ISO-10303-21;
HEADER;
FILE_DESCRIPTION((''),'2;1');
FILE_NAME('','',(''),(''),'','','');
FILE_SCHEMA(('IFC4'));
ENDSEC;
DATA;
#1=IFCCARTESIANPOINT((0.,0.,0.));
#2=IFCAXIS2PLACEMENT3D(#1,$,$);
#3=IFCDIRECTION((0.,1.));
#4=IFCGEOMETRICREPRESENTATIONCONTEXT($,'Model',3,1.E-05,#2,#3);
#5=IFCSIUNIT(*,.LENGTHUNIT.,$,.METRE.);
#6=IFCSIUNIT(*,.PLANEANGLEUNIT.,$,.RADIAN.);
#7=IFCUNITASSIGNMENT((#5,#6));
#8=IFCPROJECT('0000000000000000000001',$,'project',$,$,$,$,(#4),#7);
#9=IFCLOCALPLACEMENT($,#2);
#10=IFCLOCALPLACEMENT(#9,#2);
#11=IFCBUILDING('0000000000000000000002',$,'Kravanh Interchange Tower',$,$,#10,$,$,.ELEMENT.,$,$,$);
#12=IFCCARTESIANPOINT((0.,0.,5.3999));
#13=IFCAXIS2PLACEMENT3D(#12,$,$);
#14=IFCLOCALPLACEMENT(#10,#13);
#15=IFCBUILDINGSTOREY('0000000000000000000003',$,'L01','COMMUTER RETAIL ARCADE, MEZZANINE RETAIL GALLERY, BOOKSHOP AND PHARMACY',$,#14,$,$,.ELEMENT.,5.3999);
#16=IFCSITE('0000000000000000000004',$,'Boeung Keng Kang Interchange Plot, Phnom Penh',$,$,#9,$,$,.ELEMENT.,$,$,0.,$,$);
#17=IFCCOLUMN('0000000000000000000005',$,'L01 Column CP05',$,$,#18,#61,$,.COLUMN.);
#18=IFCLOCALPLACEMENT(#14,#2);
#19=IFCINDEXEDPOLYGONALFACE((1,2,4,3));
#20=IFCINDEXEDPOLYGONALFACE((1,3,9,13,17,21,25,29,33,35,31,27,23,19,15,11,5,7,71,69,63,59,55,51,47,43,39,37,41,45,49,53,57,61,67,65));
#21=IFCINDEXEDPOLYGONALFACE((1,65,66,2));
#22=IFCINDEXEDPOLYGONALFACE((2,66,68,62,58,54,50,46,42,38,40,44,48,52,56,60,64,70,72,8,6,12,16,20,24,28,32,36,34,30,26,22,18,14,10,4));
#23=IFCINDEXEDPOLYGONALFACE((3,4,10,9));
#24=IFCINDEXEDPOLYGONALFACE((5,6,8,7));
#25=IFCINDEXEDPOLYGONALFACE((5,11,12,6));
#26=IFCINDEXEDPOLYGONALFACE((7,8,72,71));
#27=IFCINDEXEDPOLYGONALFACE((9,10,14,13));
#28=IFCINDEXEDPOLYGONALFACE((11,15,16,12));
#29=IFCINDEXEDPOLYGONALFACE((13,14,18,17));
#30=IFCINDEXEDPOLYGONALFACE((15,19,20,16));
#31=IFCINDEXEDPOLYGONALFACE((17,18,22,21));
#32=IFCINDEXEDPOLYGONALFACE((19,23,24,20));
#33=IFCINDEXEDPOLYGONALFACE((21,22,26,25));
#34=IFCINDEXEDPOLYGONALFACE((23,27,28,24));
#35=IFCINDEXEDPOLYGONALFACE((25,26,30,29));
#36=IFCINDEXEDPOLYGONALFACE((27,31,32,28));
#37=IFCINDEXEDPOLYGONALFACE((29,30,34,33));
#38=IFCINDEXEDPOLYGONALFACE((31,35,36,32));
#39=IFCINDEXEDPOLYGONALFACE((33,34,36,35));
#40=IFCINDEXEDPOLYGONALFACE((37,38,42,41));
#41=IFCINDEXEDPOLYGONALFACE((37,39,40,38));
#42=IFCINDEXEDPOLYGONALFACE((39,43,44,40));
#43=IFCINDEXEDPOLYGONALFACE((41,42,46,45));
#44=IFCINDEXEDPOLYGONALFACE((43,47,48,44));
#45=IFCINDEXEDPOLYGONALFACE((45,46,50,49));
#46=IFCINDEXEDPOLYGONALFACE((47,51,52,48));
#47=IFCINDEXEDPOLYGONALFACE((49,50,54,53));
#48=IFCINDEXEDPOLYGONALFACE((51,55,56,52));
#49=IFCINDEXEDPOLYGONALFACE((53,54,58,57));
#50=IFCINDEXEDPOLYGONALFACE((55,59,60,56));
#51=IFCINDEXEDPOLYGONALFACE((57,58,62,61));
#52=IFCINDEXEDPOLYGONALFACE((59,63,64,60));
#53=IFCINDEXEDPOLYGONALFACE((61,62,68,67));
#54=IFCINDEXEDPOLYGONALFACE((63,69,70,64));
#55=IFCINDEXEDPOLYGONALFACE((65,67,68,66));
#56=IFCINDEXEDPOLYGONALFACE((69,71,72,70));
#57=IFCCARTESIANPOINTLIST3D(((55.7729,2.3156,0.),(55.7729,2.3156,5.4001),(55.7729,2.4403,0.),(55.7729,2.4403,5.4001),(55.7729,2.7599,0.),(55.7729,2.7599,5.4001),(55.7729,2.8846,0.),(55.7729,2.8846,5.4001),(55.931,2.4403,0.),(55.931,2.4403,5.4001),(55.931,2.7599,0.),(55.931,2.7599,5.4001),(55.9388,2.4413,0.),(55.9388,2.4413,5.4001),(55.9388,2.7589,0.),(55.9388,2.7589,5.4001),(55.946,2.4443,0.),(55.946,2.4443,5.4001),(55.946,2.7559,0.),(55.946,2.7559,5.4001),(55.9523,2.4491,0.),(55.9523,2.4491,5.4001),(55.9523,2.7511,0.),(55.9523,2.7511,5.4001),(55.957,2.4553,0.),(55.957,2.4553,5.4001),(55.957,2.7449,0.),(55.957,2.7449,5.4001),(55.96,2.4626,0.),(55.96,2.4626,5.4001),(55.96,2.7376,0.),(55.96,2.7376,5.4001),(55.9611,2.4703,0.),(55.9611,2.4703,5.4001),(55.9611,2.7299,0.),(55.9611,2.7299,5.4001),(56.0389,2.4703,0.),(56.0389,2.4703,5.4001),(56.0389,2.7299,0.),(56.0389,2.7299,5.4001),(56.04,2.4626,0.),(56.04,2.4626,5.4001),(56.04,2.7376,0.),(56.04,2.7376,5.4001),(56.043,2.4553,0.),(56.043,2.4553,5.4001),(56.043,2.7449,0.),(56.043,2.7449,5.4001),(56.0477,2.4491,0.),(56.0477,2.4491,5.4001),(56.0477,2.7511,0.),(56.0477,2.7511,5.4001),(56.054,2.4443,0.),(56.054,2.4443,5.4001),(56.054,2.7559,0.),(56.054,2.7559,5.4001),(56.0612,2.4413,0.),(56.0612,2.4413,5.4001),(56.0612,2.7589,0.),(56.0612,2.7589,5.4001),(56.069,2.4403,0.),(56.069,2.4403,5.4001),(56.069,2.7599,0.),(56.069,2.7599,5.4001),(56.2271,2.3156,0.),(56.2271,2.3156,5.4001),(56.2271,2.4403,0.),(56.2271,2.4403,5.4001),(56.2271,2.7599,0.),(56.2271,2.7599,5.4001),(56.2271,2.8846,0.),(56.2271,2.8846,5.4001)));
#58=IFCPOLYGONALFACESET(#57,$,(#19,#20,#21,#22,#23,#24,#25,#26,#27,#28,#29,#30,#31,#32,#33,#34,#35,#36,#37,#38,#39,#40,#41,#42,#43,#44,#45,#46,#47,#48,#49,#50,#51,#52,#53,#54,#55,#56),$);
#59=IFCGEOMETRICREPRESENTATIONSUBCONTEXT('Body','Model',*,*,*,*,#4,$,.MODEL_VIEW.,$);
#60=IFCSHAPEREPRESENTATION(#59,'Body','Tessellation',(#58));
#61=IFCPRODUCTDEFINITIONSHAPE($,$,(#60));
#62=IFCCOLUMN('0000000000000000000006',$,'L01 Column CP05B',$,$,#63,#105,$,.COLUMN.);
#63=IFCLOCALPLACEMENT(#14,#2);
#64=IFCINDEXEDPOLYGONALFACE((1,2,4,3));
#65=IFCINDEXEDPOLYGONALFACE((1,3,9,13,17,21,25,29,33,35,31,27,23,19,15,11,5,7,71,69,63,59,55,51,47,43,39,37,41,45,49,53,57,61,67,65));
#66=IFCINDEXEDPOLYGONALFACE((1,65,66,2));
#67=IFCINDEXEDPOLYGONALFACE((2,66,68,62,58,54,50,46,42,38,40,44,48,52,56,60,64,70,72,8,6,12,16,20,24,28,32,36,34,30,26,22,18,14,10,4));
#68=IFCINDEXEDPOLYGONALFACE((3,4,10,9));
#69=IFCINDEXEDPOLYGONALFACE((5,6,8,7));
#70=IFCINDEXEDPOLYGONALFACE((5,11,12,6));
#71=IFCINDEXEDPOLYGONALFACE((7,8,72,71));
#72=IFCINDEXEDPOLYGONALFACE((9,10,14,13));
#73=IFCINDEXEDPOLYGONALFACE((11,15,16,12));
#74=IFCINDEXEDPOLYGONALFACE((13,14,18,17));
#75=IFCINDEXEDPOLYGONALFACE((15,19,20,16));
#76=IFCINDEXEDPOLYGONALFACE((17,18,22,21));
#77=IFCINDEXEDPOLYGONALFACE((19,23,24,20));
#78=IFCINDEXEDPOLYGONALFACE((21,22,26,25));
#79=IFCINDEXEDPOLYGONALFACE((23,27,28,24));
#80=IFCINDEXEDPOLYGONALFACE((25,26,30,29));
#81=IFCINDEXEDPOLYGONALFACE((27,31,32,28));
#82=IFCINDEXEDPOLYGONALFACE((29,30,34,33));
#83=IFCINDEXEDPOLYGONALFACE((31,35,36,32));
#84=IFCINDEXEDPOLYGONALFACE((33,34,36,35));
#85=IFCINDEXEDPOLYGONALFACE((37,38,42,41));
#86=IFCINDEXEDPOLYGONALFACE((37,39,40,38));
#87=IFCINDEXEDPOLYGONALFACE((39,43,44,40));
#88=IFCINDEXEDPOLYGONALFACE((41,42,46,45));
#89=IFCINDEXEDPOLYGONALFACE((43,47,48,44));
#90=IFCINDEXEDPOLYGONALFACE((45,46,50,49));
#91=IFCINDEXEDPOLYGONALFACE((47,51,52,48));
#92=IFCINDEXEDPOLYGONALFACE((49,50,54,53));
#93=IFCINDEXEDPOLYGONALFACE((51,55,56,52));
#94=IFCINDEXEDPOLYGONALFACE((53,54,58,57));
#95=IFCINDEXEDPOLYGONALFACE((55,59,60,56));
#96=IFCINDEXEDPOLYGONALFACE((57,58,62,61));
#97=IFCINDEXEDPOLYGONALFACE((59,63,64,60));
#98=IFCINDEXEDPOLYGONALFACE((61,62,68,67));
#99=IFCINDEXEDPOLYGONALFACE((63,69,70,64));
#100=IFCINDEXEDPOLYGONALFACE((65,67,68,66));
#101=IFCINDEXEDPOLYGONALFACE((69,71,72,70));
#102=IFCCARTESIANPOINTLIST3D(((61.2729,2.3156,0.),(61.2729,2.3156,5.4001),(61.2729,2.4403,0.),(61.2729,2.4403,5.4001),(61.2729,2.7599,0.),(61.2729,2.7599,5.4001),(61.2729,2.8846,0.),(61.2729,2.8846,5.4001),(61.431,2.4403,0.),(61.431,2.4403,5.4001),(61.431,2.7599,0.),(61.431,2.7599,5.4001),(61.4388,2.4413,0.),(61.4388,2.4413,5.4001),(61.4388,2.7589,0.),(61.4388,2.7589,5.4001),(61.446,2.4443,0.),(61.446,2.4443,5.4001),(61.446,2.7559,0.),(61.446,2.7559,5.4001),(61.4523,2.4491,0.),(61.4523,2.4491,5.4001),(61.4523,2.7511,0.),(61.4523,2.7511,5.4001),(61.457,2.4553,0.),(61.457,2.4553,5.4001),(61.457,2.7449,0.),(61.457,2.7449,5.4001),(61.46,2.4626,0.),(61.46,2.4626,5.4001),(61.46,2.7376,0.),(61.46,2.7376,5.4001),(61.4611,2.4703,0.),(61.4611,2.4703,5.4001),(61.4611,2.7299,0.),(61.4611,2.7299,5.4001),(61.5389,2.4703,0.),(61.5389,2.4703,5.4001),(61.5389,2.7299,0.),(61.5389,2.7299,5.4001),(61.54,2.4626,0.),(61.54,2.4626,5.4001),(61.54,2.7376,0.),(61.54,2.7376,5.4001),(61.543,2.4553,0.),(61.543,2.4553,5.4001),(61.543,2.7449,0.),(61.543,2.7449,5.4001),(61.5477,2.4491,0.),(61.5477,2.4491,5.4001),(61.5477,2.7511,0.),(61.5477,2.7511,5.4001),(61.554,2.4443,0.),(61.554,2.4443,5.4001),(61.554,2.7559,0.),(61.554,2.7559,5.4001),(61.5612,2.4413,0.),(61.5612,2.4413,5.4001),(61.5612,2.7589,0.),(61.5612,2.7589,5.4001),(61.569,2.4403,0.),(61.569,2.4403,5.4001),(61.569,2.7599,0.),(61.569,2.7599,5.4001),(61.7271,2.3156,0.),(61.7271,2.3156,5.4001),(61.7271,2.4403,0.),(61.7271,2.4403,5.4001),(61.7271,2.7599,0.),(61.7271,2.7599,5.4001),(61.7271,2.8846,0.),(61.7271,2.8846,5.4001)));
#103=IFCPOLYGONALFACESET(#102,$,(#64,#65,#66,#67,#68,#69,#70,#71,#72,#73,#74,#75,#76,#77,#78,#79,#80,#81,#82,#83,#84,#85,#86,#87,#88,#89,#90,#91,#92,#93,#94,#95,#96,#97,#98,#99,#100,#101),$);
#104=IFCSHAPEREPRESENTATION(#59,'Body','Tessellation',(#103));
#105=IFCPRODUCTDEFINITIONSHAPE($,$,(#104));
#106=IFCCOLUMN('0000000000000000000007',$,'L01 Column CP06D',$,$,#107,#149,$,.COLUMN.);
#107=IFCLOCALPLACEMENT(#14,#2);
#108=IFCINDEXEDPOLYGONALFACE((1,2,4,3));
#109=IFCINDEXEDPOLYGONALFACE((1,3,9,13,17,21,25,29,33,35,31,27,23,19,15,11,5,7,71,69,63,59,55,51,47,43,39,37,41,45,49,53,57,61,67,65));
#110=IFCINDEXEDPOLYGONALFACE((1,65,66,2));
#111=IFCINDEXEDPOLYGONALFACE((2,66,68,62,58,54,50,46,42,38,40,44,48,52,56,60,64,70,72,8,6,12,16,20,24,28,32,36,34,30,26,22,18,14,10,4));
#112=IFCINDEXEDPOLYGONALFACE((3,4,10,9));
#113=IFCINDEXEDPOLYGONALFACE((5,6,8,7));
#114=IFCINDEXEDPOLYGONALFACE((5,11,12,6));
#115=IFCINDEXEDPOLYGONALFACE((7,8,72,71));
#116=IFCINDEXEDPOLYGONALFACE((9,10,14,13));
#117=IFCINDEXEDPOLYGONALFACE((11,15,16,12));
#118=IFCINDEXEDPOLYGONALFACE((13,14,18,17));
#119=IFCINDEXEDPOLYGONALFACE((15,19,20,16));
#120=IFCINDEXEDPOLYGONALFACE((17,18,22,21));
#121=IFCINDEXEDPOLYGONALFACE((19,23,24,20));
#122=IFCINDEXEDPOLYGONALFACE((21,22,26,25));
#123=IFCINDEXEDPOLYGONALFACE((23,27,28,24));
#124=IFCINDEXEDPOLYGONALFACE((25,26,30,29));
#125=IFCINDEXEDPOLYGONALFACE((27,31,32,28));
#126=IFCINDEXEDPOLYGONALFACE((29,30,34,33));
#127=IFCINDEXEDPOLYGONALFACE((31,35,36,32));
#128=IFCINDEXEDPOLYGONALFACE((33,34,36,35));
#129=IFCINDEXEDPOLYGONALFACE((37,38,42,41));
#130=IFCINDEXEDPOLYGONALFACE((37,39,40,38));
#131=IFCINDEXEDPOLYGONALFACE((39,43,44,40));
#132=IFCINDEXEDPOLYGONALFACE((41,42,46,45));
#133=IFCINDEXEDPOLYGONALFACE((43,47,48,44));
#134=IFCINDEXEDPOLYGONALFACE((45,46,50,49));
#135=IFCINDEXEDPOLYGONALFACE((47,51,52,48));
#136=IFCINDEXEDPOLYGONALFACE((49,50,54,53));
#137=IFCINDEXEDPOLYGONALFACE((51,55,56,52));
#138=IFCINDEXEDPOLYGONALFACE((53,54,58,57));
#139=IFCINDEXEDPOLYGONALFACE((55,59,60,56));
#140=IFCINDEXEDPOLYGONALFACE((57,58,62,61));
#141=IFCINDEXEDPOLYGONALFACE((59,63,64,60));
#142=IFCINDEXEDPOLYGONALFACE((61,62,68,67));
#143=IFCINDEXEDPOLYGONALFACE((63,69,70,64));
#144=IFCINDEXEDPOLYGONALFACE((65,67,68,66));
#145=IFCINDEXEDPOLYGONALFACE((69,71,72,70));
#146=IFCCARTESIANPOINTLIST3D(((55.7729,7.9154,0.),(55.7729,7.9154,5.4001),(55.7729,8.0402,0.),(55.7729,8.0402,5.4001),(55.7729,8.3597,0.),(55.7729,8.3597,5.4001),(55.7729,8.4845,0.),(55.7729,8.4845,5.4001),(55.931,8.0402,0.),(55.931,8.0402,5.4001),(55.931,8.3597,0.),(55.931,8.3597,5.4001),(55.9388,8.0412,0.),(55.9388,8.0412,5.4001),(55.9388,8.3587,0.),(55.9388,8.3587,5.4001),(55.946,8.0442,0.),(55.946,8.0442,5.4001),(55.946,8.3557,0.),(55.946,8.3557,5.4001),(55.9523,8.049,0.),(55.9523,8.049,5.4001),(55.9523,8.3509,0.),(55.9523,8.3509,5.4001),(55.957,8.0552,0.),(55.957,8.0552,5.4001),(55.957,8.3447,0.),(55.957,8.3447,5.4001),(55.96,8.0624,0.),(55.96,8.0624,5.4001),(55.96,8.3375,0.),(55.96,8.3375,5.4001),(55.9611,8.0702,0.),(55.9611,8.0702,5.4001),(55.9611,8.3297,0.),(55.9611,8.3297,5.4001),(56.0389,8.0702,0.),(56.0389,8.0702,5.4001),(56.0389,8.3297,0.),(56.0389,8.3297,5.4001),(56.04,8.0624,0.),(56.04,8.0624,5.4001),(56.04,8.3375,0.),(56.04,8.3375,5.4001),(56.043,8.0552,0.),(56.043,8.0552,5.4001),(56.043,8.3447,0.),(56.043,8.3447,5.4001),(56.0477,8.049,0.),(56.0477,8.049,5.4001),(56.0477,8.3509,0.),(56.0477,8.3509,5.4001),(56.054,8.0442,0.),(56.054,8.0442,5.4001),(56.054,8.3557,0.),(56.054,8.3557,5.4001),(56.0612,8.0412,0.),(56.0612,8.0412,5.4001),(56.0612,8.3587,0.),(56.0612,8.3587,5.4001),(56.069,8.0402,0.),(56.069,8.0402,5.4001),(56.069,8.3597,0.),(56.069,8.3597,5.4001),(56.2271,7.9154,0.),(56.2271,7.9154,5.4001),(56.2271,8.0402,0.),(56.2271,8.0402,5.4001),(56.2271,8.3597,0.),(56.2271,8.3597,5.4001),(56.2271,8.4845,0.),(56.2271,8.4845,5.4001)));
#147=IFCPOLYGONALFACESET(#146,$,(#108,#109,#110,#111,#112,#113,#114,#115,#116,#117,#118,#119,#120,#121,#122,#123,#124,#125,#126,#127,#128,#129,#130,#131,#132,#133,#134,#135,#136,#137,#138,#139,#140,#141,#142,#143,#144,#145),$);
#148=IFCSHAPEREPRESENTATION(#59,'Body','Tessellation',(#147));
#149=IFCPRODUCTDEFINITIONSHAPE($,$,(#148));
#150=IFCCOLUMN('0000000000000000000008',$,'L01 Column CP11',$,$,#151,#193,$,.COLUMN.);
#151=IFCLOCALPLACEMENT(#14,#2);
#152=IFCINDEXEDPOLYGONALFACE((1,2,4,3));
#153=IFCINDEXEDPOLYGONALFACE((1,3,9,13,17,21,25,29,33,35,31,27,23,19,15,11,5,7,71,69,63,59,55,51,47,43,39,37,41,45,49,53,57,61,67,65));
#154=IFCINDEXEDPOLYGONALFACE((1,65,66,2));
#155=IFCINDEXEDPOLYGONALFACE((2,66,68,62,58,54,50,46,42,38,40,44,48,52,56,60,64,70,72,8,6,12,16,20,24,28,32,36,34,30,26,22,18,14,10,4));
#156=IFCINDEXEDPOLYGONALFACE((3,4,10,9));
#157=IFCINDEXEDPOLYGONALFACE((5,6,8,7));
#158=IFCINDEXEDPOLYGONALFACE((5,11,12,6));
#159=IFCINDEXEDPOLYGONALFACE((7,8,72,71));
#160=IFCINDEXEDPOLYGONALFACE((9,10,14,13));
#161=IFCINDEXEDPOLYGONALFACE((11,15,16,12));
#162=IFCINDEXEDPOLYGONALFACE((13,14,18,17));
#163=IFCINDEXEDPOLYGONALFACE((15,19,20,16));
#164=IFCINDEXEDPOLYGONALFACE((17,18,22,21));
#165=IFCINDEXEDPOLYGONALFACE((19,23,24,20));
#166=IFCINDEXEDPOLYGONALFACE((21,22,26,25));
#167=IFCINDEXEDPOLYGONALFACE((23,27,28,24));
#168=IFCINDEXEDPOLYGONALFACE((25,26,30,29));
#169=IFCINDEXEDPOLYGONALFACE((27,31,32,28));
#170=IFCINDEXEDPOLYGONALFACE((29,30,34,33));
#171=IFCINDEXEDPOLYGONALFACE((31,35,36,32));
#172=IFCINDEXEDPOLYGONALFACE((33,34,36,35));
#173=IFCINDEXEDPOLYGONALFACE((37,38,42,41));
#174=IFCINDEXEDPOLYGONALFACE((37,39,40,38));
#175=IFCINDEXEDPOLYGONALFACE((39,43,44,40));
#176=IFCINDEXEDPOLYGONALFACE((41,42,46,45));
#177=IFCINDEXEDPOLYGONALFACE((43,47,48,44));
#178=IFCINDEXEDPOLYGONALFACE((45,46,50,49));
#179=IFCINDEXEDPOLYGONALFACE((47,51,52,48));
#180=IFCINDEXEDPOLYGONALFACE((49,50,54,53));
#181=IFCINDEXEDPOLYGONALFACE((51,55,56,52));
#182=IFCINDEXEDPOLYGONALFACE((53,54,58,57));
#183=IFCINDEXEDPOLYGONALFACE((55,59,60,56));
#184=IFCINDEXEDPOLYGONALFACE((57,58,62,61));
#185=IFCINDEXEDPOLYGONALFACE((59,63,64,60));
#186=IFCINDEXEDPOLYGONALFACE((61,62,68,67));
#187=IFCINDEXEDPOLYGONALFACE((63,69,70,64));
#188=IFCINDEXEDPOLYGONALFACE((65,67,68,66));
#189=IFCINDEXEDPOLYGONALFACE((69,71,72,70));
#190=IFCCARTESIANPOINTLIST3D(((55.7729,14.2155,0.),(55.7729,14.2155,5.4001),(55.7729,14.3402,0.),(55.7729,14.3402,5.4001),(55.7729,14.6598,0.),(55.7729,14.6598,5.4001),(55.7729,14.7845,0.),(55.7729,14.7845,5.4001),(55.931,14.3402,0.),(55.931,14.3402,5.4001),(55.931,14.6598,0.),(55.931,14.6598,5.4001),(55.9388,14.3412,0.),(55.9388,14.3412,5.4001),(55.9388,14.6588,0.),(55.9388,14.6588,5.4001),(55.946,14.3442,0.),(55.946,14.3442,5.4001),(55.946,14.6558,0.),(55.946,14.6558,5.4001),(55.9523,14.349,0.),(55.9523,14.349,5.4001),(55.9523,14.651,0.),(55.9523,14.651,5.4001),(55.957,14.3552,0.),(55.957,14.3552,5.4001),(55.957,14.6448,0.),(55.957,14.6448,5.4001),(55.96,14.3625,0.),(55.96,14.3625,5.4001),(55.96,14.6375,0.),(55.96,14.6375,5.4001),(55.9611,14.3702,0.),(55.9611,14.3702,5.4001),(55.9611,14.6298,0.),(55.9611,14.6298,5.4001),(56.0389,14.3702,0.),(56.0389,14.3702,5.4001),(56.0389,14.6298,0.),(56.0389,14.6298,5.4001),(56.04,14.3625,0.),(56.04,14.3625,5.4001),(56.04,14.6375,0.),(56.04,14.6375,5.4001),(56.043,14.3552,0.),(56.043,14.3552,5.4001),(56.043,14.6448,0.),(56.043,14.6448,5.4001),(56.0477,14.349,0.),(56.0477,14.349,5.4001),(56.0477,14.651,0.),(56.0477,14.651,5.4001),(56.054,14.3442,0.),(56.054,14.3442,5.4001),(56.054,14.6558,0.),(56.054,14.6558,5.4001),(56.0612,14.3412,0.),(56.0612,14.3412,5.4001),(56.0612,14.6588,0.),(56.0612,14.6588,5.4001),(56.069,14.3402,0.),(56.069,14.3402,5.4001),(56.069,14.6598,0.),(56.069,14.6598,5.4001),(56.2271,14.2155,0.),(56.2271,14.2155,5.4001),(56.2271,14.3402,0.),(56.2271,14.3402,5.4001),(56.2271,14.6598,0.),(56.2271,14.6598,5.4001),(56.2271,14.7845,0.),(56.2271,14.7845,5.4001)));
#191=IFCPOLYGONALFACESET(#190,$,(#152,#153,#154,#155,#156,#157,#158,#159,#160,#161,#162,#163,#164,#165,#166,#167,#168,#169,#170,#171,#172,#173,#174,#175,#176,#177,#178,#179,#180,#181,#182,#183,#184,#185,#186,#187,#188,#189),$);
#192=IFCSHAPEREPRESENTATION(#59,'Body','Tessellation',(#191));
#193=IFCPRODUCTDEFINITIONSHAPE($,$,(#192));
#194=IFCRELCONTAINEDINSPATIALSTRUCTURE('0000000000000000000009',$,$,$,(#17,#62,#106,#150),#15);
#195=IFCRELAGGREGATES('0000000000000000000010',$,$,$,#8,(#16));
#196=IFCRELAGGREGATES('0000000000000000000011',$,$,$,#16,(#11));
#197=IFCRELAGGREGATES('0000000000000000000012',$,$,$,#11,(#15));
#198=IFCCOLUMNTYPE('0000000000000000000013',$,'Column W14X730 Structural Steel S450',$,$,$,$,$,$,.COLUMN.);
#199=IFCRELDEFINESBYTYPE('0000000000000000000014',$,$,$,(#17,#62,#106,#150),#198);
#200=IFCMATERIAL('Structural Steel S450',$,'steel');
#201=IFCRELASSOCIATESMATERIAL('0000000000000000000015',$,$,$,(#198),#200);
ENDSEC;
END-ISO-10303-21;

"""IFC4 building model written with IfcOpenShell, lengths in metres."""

from ifc_helpers import new_model, si_unit, direction, frame, origin, origin_2d, place, context, subcontext, project, spatial, i_section, extrude, material, material_profile, profile_set, type_object, element, save


model = new_model("IFC4")

# Units and contexts
model_context = context("Model", 3, precision=1e-05, world=origin(), true_north=direction((0.0, 1.0)))
body_context = subcontext(model_context, "Body", "Model", "MODEL_VIEW")
ifc_project = project(units=[si_unit("LENGTHUNIT", "METRE"), si_unit("PLANEANGLEUNIT", "RADIAN")], contexts=[model_context])

# Site, building, storey
site_placement = place(None, origin())
site = spatial("IfcSite", under=ifc_project, at=site_placement, Name="Boeung Keng Kang Interchange Plot, Phnom Penh", CompositionType="ELEMENT", RefElevation=0.0)
building_placement = place(site_placement, origin())
building = spatial("IfcBuilding", under=site, at=building_placement, Name="Kravanh Interchange Tower", CompositionType="ELEMENT")
storey_placement = place(building_placement, frame((0.0, 0.0, 5.3999)))
storey = spatial("IfcBuildingStorey", under=building, at=storey_placement, Name="L01", Description="COMMUTER RETAIL ARCADE, MEZZANINE RETAIL GALLERY, BOOKSHOP AND PHARMACY", CompositionType="ELEMENT", Elevation=5.3999)

# Columns
ifc_material_1 = material(Name="Structural Steel S450", Category="steel")
ifc_material_profile_1 = material_profile(ifc_material_1, i_section(OverallWidth=0.4541, OverallDepth=0.5691, WebThickness=0.0779, FlangeThickness=0.1248, FilletRadius=0.03, at=origin_2d()), Name="W14X730")
ifc_profile_set_1 = profile_set([ifc_material_profile_1], Name="Structural Steel S450")
column_type = type_object("IfcColumnType", Name="Column W14X730 Structural Steel S450", PredefinedType="COLUMN", material=ifc_profile_set_1)
for number, where, z_axis, x_axis, name in (
    (1, (56.0, 2.6001, 0.0), (0.0, 0.0, 1.0), (1.0, 0.0, 0.0), "L01 Column CP05"),
    (2, (61.5, 2.6001, 0.0), (0.0, 0.0, 1.0), (1.0, 0.0, 0.0), "L01 Column CP05B"),
    (3, (56.0, 8.2, 0.0), (0.0, 0.0, 1.0), (1.0, 0.0, 0.0), "L01 Column CP06D"),
    (4, (56.0, 14.5, 0.0), (0.0, 0.0, 1.0), (1.0, 0.0, 0.0), "L01 Column CP11"),
):
    element("IfcColumn", number, at=place(storey_placement, frame(where, z_axis=z_axis, x_axis=x_axis)), inside=storey, type_object=column_type, Name=name, PredefinedType="COLUMN", context=body_context, shape_type="SweptSolid", body=[
        extrude(i_section(OverallWidth=0.4541, OverallDepth=0.5691, WebThickness=0.0779, FlangeThickness=0.1248, FilletRadius=0.03, at=origin_2d()), origin(), (0.0, 0.0, 1.0), 5.4001),
    ])

save(model, "model.ifc")
